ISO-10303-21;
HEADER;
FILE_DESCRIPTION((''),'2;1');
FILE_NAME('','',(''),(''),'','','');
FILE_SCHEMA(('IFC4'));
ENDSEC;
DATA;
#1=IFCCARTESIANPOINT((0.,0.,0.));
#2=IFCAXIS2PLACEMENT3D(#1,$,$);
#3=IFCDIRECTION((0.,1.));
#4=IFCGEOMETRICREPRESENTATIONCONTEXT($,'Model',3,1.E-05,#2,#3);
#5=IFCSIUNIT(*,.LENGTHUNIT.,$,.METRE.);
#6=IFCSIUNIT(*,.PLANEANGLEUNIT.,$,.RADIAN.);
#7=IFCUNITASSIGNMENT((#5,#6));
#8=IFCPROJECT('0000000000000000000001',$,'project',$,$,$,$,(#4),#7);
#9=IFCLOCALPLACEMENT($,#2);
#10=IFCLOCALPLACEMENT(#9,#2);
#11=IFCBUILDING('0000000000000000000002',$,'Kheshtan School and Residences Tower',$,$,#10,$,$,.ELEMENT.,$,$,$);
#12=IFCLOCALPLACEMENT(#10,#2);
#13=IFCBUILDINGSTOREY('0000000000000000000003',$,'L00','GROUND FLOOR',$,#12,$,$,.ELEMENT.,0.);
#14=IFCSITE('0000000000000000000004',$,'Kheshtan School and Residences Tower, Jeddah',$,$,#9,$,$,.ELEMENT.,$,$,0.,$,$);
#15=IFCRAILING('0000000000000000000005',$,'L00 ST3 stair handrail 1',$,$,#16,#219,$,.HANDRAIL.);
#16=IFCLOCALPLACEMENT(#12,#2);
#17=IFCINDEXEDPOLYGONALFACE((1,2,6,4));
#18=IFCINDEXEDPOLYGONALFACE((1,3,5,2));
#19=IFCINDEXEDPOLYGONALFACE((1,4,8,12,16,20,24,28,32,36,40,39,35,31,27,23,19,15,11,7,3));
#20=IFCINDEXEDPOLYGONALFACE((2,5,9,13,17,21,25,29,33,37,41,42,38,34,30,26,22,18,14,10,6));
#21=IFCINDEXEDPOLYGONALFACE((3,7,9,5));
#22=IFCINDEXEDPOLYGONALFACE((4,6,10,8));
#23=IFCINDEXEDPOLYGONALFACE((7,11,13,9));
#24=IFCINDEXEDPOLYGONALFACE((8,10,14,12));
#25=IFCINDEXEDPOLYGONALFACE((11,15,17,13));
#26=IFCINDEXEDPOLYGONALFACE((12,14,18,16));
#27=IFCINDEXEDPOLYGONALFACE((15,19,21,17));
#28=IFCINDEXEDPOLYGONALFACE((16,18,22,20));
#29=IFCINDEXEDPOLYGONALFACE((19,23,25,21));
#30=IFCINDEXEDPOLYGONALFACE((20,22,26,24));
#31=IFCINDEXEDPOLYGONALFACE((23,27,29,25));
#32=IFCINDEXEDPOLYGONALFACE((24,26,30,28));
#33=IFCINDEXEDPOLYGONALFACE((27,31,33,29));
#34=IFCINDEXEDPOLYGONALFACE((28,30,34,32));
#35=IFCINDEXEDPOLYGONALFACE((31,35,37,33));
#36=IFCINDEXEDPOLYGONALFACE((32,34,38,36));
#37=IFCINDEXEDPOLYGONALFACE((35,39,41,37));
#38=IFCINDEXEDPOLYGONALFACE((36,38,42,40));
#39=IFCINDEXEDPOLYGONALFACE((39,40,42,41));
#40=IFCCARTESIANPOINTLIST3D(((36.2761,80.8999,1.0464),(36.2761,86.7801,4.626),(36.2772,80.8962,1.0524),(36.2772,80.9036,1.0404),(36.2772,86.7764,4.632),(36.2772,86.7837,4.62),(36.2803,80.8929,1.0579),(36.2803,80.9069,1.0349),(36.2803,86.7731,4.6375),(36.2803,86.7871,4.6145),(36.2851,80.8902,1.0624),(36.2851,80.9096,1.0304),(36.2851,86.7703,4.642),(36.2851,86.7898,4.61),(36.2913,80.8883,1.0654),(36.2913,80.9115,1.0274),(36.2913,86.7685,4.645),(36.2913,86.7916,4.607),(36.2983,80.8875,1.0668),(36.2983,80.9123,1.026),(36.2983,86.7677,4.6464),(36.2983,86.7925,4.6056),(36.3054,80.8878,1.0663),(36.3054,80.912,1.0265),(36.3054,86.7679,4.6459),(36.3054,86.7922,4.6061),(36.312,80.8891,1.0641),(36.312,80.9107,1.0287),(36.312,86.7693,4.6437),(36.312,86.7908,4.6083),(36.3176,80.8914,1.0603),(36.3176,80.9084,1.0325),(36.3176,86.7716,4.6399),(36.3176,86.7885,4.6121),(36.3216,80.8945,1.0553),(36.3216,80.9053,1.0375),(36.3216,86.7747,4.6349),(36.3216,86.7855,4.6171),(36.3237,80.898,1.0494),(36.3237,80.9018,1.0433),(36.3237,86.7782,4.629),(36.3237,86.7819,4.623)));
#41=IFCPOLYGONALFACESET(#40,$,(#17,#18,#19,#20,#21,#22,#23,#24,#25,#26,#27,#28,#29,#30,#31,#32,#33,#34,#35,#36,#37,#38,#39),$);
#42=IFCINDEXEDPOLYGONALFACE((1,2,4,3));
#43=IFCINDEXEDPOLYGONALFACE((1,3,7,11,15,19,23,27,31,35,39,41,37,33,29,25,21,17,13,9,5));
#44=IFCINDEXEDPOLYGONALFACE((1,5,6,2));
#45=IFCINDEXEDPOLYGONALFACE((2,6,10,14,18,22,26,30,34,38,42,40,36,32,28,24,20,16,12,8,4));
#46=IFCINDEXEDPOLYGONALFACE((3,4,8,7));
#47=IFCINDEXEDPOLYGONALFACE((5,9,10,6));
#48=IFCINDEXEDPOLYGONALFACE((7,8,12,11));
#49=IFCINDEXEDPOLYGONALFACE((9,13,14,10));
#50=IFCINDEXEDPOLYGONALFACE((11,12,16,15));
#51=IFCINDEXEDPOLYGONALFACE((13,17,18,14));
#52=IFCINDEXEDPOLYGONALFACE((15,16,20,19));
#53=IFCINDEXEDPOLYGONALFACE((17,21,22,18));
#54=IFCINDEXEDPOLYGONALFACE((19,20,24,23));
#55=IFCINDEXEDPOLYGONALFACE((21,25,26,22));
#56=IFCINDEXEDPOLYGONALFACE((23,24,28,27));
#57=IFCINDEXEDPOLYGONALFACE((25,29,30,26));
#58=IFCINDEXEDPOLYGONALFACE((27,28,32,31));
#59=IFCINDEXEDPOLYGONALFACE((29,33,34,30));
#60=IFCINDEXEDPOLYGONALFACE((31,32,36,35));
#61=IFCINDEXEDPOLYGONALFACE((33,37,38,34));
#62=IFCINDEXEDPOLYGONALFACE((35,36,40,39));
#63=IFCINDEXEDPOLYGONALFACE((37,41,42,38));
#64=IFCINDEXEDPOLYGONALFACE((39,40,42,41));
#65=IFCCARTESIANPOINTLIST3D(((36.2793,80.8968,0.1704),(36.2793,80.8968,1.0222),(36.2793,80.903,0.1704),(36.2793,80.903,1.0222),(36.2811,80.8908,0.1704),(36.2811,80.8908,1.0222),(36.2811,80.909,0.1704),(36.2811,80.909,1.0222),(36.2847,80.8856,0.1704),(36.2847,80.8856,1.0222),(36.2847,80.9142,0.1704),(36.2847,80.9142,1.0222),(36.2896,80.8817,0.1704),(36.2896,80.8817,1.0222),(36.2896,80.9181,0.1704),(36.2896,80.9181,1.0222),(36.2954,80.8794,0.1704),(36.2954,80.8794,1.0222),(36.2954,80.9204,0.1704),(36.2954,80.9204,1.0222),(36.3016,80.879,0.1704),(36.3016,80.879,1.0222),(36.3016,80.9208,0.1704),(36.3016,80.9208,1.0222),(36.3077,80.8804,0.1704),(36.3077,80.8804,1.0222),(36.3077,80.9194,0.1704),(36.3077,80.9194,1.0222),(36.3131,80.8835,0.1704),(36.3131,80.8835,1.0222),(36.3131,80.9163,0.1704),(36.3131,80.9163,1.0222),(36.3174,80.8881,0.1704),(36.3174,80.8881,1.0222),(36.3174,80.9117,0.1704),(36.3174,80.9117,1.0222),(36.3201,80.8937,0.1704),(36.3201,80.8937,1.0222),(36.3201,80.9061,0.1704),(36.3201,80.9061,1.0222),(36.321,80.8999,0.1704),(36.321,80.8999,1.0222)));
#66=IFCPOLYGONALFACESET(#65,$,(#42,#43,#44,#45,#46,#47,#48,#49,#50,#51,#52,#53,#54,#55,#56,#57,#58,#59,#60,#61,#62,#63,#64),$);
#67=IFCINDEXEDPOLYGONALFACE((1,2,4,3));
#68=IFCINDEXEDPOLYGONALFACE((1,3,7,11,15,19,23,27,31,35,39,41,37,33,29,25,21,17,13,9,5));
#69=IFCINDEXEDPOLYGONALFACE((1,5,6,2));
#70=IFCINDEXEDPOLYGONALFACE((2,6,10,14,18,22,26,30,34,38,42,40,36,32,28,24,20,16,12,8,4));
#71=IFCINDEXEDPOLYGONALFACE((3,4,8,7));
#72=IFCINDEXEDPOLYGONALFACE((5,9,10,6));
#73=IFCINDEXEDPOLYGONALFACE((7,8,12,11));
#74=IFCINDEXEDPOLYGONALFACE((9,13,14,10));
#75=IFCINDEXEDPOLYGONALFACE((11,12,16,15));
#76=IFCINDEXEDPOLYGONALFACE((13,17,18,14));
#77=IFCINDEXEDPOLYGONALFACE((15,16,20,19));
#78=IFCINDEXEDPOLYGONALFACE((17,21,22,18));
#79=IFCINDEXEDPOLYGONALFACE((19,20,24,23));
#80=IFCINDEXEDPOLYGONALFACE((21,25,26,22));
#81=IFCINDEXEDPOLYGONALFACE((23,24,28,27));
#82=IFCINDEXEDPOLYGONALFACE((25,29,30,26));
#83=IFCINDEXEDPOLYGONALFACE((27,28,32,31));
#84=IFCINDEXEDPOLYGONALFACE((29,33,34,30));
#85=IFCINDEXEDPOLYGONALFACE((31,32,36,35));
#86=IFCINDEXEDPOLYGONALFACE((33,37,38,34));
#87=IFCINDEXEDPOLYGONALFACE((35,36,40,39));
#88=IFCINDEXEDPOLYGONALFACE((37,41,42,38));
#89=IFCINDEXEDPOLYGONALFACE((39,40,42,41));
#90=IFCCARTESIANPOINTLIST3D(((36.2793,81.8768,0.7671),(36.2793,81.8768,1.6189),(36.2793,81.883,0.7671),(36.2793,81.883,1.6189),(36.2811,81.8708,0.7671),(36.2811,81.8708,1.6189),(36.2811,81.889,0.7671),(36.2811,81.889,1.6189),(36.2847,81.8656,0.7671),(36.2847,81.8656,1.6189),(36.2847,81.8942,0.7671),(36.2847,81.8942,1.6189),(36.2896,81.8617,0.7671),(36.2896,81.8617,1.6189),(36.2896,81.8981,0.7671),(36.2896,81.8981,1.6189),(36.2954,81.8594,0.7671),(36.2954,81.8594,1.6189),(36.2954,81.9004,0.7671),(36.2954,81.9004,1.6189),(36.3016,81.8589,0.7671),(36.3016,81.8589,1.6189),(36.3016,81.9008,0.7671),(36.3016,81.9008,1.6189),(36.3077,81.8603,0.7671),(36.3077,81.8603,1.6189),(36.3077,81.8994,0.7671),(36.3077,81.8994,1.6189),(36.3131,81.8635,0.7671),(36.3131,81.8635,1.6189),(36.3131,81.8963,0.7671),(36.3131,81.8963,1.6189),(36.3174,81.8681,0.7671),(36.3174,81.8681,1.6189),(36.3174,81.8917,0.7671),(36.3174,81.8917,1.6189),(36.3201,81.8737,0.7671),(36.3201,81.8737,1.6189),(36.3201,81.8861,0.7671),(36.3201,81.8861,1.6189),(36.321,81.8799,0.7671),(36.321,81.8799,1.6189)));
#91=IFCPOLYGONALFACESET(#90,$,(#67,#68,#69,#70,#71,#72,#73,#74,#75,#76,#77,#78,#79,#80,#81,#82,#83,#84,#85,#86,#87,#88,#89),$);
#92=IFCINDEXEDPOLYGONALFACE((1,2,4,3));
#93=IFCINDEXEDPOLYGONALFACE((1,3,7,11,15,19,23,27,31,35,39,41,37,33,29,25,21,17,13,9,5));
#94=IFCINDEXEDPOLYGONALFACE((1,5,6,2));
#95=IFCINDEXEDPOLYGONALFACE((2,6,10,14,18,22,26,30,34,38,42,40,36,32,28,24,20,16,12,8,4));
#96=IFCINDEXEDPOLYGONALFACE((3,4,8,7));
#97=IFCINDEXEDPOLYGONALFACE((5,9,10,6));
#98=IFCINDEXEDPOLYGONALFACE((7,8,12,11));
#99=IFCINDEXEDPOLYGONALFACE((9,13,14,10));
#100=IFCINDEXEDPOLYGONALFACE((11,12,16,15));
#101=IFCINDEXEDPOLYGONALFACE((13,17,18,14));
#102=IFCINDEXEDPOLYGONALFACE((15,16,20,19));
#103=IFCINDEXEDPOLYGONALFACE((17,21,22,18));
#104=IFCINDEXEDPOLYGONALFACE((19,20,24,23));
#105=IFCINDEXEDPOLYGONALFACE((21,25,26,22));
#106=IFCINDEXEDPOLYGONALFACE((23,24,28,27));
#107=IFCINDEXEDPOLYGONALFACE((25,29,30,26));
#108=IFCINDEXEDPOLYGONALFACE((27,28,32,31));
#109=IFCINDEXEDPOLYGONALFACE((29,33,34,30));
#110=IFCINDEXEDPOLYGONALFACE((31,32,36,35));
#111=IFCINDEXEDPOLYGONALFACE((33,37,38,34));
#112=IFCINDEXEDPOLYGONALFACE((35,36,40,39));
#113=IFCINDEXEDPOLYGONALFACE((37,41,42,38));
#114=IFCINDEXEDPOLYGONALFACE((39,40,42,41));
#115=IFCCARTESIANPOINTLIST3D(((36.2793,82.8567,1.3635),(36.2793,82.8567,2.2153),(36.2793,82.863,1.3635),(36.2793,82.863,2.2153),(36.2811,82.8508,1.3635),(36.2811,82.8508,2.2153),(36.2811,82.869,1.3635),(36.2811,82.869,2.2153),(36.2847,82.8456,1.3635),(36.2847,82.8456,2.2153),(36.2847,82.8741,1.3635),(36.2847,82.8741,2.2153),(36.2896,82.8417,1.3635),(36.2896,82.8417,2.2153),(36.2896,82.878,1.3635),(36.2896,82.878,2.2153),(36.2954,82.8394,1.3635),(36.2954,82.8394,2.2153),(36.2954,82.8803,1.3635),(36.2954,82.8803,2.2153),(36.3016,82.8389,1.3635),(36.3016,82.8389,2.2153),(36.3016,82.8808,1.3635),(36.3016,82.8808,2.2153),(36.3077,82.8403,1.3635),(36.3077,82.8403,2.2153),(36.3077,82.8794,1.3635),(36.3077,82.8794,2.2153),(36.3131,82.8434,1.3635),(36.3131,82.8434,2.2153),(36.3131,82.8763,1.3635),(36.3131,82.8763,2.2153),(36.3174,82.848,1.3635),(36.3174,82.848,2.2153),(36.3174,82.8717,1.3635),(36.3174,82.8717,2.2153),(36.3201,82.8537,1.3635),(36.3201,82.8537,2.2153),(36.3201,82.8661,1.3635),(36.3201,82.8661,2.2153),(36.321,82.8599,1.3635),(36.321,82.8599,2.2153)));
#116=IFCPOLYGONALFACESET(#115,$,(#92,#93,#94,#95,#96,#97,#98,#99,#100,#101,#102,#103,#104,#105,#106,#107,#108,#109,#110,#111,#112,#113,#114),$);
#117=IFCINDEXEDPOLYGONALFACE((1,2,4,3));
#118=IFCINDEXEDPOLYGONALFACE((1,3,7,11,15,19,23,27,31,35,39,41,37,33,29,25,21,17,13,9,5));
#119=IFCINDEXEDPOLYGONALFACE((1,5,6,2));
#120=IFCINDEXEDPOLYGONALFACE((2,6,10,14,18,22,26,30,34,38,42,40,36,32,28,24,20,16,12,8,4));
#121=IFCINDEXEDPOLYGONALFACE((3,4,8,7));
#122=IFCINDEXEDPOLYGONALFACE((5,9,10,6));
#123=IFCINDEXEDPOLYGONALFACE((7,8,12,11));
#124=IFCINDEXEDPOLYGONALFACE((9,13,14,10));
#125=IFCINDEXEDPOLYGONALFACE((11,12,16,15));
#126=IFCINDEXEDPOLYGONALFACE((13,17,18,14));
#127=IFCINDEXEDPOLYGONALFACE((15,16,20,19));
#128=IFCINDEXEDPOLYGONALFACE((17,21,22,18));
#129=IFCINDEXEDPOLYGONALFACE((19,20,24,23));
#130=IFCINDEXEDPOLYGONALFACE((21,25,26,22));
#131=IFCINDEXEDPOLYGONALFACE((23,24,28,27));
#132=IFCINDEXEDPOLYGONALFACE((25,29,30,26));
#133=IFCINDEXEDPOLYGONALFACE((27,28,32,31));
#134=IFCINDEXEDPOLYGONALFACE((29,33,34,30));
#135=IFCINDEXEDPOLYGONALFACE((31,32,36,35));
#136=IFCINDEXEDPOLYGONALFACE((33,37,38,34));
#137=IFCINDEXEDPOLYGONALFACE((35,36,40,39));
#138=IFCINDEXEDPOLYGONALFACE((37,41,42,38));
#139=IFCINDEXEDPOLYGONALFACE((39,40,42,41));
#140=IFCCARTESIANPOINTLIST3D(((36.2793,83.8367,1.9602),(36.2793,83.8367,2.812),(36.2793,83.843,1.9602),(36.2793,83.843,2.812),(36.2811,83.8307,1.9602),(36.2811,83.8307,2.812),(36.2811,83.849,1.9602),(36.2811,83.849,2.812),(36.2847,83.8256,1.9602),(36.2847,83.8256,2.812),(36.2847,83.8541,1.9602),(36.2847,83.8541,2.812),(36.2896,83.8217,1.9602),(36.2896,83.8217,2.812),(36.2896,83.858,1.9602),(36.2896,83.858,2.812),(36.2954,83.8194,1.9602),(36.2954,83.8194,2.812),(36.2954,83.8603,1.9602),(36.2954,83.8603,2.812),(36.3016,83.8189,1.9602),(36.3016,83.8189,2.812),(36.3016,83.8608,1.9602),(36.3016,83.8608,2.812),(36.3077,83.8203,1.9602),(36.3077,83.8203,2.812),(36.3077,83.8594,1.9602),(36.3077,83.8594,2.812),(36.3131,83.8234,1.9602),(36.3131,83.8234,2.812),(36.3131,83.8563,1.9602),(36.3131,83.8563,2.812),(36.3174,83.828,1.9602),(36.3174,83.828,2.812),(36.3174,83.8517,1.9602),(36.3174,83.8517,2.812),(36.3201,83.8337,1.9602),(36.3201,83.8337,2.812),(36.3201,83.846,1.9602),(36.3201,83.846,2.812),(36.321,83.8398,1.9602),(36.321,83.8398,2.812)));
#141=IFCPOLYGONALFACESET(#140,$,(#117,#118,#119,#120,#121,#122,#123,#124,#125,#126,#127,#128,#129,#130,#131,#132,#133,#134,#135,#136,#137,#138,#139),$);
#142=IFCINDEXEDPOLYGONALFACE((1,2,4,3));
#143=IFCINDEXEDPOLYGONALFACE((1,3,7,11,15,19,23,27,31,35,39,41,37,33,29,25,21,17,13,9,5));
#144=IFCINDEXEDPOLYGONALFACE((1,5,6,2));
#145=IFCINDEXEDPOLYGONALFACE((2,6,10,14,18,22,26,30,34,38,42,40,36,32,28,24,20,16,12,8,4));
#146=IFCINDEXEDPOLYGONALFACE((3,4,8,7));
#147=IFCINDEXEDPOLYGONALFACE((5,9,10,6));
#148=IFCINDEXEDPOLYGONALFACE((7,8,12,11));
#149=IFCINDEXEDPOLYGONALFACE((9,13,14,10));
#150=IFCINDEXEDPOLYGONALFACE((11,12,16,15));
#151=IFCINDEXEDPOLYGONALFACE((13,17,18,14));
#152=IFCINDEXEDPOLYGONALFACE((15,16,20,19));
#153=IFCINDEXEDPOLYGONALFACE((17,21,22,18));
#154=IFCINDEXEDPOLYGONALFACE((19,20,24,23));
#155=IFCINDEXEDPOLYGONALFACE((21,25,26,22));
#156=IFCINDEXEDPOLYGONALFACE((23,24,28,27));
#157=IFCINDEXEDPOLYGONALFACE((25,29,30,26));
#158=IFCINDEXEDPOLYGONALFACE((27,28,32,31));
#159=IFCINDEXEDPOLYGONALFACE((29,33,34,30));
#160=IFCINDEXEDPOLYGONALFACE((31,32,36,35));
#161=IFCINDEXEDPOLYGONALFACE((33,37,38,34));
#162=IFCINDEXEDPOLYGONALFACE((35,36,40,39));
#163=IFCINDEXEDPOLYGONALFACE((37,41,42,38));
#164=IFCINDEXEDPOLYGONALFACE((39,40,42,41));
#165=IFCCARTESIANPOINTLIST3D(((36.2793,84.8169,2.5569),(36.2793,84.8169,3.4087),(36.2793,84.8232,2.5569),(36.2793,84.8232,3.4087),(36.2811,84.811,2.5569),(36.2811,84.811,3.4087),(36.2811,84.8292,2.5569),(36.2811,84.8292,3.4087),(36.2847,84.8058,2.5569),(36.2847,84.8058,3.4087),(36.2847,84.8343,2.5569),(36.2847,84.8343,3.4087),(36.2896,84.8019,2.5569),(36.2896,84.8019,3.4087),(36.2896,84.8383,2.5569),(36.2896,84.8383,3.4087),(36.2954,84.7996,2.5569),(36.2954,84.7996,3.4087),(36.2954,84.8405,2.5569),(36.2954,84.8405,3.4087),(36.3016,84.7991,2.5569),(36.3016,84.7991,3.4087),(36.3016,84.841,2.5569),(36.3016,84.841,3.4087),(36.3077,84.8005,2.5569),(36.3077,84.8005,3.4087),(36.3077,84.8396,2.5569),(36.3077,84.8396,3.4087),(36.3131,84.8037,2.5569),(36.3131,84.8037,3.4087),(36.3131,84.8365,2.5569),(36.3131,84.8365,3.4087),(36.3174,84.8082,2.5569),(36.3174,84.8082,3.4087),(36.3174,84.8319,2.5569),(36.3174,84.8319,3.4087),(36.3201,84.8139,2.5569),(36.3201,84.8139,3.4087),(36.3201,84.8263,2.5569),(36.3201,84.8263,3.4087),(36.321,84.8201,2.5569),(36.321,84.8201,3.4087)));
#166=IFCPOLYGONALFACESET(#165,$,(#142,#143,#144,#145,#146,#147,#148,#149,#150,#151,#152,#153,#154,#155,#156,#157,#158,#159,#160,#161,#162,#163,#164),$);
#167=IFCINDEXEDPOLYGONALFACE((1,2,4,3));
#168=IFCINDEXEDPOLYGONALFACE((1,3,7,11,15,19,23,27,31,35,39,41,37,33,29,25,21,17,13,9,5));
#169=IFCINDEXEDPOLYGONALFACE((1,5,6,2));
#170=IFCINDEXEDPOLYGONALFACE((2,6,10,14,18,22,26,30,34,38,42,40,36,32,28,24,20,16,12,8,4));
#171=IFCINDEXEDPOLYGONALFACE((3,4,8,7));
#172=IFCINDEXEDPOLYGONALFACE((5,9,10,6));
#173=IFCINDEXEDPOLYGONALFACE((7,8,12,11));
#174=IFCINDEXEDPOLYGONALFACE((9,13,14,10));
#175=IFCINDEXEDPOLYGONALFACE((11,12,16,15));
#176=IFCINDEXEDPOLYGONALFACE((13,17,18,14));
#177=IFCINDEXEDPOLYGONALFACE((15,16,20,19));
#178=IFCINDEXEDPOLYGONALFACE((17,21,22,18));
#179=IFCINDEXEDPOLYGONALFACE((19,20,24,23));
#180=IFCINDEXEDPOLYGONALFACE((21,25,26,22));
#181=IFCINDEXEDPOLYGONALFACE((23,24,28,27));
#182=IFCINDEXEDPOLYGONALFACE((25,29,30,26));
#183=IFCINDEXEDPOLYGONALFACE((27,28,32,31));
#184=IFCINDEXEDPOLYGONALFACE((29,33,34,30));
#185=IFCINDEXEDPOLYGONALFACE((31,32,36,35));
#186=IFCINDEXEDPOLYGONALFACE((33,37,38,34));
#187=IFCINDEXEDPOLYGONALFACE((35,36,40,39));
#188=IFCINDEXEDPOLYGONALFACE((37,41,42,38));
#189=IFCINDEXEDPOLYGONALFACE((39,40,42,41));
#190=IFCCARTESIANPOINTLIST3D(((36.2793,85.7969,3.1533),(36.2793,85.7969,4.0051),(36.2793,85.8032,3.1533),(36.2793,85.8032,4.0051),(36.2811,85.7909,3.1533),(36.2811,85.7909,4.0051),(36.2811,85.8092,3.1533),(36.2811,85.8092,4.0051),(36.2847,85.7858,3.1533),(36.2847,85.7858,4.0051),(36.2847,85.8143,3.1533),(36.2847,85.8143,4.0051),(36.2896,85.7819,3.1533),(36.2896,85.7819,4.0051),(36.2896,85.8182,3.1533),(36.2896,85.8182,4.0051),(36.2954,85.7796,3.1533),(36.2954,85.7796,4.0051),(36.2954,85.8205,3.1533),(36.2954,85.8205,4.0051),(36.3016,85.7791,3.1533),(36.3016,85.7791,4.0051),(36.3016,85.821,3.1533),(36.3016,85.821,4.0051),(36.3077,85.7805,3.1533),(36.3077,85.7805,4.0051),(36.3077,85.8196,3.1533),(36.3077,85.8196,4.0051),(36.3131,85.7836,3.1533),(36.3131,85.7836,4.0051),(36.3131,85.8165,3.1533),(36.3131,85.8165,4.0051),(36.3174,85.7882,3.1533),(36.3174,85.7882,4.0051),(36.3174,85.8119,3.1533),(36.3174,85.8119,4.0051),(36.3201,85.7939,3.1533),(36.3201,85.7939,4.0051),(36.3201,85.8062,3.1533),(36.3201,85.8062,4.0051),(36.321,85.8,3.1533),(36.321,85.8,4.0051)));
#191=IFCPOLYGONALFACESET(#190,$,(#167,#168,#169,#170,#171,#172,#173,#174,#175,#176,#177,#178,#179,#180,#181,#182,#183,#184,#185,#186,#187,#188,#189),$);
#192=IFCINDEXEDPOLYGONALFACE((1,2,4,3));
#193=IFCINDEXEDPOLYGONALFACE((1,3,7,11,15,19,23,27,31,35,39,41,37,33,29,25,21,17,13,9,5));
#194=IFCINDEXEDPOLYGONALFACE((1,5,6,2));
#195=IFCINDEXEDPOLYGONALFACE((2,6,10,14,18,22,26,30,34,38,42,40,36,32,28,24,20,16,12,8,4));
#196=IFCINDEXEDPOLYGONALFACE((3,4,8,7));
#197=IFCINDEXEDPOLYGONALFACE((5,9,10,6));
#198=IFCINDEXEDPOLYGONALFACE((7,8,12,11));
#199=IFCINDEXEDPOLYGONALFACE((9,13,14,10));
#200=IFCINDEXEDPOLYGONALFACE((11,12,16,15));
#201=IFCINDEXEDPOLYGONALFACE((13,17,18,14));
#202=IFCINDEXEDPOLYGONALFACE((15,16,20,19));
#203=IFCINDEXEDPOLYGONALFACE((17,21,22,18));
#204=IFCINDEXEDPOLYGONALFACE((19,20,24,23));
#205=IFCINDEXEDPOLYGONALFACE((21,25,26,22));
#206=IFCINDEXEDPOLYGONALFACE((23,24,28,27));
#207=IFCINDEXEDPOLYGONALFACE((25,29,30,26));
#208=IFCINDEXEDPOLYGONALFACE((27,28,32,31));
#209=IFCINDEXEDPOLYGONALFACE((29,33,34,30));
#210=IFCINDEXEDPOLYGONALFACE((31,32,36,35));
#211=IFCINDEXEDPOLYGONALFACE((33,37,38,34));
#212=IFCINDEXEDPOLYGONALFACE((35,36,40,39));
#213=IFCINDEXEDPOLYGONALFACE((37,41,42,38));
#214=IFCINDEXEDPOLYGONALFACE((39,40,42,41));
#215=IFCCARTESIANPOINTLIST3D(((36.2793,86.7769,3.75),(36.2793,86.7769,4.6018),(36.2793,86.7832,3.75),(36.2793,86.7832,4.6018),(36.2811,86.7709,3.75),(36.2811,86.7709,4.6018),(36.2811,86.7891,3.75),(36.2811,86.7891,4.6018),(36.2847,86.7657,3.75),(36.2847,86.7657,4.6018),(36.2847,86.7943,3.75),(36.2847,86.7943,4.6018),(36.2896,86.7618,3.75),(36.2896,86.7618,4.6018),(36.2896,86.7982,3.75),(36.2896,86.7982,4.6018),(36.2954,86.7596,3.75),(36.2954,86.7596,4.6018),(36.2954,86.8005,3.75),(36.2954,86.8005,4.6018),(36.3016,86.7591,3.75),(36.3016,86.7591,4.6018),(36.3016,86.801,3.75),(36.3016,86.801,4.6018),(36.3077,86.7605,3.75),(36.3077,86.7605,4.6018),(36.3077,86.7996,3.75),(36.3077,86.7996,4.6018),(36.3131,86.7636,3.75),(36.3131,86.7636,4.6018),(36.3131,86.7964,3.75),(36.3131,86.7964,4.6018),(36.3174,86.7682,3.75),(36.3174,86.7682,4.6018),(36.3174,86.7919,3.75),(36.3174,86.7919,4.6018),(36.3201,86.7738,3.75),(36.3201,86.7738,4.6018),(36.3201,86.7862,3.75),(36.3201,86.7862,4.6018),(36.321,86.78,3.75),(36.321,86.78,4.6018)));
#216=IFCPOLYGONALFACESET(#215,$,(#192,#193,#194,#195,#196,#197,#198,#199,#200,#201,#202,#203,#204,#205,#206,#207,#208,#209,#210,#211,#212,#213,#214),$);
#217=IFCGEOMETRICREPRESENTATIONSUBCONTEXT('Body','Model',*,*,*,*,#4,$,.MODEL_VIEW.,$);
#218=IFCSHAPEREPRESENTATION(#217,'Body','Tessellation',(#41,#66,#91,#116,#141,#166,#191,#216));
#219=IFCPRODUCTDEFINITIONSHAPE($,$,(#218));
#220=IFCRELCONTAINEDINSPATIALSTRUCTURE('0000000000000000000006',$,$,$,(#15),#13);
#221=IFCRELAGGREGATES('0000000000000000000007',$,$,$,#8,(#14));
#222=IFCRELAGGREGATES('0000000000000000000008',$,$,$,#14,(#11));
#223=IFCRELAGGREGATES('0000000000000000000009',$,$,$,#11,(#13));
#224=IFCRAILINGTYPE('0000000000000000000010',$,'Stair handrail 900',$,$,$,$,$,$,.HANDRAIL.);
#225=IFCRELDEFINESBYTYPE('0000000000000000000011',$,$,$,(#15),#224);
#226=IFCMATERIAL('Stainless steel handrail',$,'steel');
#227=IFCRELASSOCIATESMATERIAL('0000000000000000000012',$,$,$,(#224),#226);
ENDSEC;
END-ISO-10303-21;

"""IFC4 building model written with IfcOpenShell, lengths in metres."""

from ifc_helpers import new_model, si_unit, direction, frame, origin, origin_2d, place, context, subcontext, project, spatial, circle, extrude, material, type_object, element, save


model = new_model("IFC4")

# Units and contexts
model_context = context("Model", 3, precision=1e-05, world=origin(), true_north=direction((0.0, 1.0)))
body_context = subcontext(model_context, "Body", "Model", "MODEL_VIEW")
ifc_project = project(units=[si_unit("LENGTHUNIT", "METRE"), si_unit("PLANEANGLEUNIT", "RADIAN")], contexts=[model_context])

# Site, building, storey
site_placement = place(None, origin())
site = spatial("IfcSite", under=ifc_project, at=site_placement, Name="Kheshtan School and Residences Tower, Jeddah", CompositionType="ELEMENT", RefElevation=0.0)
building_placement = place(site_placement, origin())
building = spatial("IfcBuilding", under=site, at=building_placement, Name="Kheshtan School and Residences Tower", CompositionType="ELEMENT")
storey_placement = place(building_placement, origin())
storey = spatial("IfcBuildingStorey", under=building, at=storey_placement, Name="L00", Description="GROUND FLOOR", CompositionType="ELEMENT", Elevation=0.0)

# Railing
ifc_material_1 = material(Name="Stainless steel handrail", Category="steel")
railing_type_1 = type_object("IfcRailingType", Name="Stair handrail 900", PredefinedType="HANDRAIL", material=ifc_material_1)
railing_1_placement = place(storey_placement, frame((36.3, 80.8999, 0.1704)))
element("IfcRailing", 1, at=railing_1_placement, inside=storey, type_object=railing_type_1, Name="L00 ST3 stair handrail 1", PredefinedType="HANDRAIL", context=body_context, shape_type="SweptSolid", body=[
    extrude(circle(Radius=0.0239, at=origin_2d()), frame((0.0, 0.0, 0.876), z_axis=(0.0, 0.854174, 0.519987), x_axis=(-1.0, 0.0, 0.0)), (0.0, 0.0, 1.0), 6.884),
    extrude(circle(Radius=0.021, at=origin_2d()), origin(), (0.0, 0.0, 1.0), 0.8518),
    extrude(circle(Radius=0.021, at=origin_2d()), frame((0.0, 0.98, 0.5967)), (0.0, 0.0, 1.0), 0.8518),
    extrude(circle(Radius=0.021, at=origin_2d()), frame((0.0, 1.96, 1.1931)), (0.0, 0.0, 1.0), 0.8518),
    extrude(circle(Radius=0.021, at=origin_2d()), frame((0.0, 2.9399, 1.7898)), (0.0, 0.0, 1.0), 0.8518),
    extrude(circle(Radius=0.021, at=origin_2d()), frame((0.0, 3.9202, 2.3865)), (0.0, 0.0, 1.0), 0.8518),
    extrude(circle(Radius=0.021, at=origin_2d()), frame((0.0, 4.9001, 2.9829)), (0.0, 0.0, 1.0), 0.8518),
    extrude(circle(Radius=0.021, at=origin_2d()), frame((0.0, 5.8801, 3.5796)), (0.0, 0.0, 1.0), 0.8518),
])

save(model, "model.ifc")
